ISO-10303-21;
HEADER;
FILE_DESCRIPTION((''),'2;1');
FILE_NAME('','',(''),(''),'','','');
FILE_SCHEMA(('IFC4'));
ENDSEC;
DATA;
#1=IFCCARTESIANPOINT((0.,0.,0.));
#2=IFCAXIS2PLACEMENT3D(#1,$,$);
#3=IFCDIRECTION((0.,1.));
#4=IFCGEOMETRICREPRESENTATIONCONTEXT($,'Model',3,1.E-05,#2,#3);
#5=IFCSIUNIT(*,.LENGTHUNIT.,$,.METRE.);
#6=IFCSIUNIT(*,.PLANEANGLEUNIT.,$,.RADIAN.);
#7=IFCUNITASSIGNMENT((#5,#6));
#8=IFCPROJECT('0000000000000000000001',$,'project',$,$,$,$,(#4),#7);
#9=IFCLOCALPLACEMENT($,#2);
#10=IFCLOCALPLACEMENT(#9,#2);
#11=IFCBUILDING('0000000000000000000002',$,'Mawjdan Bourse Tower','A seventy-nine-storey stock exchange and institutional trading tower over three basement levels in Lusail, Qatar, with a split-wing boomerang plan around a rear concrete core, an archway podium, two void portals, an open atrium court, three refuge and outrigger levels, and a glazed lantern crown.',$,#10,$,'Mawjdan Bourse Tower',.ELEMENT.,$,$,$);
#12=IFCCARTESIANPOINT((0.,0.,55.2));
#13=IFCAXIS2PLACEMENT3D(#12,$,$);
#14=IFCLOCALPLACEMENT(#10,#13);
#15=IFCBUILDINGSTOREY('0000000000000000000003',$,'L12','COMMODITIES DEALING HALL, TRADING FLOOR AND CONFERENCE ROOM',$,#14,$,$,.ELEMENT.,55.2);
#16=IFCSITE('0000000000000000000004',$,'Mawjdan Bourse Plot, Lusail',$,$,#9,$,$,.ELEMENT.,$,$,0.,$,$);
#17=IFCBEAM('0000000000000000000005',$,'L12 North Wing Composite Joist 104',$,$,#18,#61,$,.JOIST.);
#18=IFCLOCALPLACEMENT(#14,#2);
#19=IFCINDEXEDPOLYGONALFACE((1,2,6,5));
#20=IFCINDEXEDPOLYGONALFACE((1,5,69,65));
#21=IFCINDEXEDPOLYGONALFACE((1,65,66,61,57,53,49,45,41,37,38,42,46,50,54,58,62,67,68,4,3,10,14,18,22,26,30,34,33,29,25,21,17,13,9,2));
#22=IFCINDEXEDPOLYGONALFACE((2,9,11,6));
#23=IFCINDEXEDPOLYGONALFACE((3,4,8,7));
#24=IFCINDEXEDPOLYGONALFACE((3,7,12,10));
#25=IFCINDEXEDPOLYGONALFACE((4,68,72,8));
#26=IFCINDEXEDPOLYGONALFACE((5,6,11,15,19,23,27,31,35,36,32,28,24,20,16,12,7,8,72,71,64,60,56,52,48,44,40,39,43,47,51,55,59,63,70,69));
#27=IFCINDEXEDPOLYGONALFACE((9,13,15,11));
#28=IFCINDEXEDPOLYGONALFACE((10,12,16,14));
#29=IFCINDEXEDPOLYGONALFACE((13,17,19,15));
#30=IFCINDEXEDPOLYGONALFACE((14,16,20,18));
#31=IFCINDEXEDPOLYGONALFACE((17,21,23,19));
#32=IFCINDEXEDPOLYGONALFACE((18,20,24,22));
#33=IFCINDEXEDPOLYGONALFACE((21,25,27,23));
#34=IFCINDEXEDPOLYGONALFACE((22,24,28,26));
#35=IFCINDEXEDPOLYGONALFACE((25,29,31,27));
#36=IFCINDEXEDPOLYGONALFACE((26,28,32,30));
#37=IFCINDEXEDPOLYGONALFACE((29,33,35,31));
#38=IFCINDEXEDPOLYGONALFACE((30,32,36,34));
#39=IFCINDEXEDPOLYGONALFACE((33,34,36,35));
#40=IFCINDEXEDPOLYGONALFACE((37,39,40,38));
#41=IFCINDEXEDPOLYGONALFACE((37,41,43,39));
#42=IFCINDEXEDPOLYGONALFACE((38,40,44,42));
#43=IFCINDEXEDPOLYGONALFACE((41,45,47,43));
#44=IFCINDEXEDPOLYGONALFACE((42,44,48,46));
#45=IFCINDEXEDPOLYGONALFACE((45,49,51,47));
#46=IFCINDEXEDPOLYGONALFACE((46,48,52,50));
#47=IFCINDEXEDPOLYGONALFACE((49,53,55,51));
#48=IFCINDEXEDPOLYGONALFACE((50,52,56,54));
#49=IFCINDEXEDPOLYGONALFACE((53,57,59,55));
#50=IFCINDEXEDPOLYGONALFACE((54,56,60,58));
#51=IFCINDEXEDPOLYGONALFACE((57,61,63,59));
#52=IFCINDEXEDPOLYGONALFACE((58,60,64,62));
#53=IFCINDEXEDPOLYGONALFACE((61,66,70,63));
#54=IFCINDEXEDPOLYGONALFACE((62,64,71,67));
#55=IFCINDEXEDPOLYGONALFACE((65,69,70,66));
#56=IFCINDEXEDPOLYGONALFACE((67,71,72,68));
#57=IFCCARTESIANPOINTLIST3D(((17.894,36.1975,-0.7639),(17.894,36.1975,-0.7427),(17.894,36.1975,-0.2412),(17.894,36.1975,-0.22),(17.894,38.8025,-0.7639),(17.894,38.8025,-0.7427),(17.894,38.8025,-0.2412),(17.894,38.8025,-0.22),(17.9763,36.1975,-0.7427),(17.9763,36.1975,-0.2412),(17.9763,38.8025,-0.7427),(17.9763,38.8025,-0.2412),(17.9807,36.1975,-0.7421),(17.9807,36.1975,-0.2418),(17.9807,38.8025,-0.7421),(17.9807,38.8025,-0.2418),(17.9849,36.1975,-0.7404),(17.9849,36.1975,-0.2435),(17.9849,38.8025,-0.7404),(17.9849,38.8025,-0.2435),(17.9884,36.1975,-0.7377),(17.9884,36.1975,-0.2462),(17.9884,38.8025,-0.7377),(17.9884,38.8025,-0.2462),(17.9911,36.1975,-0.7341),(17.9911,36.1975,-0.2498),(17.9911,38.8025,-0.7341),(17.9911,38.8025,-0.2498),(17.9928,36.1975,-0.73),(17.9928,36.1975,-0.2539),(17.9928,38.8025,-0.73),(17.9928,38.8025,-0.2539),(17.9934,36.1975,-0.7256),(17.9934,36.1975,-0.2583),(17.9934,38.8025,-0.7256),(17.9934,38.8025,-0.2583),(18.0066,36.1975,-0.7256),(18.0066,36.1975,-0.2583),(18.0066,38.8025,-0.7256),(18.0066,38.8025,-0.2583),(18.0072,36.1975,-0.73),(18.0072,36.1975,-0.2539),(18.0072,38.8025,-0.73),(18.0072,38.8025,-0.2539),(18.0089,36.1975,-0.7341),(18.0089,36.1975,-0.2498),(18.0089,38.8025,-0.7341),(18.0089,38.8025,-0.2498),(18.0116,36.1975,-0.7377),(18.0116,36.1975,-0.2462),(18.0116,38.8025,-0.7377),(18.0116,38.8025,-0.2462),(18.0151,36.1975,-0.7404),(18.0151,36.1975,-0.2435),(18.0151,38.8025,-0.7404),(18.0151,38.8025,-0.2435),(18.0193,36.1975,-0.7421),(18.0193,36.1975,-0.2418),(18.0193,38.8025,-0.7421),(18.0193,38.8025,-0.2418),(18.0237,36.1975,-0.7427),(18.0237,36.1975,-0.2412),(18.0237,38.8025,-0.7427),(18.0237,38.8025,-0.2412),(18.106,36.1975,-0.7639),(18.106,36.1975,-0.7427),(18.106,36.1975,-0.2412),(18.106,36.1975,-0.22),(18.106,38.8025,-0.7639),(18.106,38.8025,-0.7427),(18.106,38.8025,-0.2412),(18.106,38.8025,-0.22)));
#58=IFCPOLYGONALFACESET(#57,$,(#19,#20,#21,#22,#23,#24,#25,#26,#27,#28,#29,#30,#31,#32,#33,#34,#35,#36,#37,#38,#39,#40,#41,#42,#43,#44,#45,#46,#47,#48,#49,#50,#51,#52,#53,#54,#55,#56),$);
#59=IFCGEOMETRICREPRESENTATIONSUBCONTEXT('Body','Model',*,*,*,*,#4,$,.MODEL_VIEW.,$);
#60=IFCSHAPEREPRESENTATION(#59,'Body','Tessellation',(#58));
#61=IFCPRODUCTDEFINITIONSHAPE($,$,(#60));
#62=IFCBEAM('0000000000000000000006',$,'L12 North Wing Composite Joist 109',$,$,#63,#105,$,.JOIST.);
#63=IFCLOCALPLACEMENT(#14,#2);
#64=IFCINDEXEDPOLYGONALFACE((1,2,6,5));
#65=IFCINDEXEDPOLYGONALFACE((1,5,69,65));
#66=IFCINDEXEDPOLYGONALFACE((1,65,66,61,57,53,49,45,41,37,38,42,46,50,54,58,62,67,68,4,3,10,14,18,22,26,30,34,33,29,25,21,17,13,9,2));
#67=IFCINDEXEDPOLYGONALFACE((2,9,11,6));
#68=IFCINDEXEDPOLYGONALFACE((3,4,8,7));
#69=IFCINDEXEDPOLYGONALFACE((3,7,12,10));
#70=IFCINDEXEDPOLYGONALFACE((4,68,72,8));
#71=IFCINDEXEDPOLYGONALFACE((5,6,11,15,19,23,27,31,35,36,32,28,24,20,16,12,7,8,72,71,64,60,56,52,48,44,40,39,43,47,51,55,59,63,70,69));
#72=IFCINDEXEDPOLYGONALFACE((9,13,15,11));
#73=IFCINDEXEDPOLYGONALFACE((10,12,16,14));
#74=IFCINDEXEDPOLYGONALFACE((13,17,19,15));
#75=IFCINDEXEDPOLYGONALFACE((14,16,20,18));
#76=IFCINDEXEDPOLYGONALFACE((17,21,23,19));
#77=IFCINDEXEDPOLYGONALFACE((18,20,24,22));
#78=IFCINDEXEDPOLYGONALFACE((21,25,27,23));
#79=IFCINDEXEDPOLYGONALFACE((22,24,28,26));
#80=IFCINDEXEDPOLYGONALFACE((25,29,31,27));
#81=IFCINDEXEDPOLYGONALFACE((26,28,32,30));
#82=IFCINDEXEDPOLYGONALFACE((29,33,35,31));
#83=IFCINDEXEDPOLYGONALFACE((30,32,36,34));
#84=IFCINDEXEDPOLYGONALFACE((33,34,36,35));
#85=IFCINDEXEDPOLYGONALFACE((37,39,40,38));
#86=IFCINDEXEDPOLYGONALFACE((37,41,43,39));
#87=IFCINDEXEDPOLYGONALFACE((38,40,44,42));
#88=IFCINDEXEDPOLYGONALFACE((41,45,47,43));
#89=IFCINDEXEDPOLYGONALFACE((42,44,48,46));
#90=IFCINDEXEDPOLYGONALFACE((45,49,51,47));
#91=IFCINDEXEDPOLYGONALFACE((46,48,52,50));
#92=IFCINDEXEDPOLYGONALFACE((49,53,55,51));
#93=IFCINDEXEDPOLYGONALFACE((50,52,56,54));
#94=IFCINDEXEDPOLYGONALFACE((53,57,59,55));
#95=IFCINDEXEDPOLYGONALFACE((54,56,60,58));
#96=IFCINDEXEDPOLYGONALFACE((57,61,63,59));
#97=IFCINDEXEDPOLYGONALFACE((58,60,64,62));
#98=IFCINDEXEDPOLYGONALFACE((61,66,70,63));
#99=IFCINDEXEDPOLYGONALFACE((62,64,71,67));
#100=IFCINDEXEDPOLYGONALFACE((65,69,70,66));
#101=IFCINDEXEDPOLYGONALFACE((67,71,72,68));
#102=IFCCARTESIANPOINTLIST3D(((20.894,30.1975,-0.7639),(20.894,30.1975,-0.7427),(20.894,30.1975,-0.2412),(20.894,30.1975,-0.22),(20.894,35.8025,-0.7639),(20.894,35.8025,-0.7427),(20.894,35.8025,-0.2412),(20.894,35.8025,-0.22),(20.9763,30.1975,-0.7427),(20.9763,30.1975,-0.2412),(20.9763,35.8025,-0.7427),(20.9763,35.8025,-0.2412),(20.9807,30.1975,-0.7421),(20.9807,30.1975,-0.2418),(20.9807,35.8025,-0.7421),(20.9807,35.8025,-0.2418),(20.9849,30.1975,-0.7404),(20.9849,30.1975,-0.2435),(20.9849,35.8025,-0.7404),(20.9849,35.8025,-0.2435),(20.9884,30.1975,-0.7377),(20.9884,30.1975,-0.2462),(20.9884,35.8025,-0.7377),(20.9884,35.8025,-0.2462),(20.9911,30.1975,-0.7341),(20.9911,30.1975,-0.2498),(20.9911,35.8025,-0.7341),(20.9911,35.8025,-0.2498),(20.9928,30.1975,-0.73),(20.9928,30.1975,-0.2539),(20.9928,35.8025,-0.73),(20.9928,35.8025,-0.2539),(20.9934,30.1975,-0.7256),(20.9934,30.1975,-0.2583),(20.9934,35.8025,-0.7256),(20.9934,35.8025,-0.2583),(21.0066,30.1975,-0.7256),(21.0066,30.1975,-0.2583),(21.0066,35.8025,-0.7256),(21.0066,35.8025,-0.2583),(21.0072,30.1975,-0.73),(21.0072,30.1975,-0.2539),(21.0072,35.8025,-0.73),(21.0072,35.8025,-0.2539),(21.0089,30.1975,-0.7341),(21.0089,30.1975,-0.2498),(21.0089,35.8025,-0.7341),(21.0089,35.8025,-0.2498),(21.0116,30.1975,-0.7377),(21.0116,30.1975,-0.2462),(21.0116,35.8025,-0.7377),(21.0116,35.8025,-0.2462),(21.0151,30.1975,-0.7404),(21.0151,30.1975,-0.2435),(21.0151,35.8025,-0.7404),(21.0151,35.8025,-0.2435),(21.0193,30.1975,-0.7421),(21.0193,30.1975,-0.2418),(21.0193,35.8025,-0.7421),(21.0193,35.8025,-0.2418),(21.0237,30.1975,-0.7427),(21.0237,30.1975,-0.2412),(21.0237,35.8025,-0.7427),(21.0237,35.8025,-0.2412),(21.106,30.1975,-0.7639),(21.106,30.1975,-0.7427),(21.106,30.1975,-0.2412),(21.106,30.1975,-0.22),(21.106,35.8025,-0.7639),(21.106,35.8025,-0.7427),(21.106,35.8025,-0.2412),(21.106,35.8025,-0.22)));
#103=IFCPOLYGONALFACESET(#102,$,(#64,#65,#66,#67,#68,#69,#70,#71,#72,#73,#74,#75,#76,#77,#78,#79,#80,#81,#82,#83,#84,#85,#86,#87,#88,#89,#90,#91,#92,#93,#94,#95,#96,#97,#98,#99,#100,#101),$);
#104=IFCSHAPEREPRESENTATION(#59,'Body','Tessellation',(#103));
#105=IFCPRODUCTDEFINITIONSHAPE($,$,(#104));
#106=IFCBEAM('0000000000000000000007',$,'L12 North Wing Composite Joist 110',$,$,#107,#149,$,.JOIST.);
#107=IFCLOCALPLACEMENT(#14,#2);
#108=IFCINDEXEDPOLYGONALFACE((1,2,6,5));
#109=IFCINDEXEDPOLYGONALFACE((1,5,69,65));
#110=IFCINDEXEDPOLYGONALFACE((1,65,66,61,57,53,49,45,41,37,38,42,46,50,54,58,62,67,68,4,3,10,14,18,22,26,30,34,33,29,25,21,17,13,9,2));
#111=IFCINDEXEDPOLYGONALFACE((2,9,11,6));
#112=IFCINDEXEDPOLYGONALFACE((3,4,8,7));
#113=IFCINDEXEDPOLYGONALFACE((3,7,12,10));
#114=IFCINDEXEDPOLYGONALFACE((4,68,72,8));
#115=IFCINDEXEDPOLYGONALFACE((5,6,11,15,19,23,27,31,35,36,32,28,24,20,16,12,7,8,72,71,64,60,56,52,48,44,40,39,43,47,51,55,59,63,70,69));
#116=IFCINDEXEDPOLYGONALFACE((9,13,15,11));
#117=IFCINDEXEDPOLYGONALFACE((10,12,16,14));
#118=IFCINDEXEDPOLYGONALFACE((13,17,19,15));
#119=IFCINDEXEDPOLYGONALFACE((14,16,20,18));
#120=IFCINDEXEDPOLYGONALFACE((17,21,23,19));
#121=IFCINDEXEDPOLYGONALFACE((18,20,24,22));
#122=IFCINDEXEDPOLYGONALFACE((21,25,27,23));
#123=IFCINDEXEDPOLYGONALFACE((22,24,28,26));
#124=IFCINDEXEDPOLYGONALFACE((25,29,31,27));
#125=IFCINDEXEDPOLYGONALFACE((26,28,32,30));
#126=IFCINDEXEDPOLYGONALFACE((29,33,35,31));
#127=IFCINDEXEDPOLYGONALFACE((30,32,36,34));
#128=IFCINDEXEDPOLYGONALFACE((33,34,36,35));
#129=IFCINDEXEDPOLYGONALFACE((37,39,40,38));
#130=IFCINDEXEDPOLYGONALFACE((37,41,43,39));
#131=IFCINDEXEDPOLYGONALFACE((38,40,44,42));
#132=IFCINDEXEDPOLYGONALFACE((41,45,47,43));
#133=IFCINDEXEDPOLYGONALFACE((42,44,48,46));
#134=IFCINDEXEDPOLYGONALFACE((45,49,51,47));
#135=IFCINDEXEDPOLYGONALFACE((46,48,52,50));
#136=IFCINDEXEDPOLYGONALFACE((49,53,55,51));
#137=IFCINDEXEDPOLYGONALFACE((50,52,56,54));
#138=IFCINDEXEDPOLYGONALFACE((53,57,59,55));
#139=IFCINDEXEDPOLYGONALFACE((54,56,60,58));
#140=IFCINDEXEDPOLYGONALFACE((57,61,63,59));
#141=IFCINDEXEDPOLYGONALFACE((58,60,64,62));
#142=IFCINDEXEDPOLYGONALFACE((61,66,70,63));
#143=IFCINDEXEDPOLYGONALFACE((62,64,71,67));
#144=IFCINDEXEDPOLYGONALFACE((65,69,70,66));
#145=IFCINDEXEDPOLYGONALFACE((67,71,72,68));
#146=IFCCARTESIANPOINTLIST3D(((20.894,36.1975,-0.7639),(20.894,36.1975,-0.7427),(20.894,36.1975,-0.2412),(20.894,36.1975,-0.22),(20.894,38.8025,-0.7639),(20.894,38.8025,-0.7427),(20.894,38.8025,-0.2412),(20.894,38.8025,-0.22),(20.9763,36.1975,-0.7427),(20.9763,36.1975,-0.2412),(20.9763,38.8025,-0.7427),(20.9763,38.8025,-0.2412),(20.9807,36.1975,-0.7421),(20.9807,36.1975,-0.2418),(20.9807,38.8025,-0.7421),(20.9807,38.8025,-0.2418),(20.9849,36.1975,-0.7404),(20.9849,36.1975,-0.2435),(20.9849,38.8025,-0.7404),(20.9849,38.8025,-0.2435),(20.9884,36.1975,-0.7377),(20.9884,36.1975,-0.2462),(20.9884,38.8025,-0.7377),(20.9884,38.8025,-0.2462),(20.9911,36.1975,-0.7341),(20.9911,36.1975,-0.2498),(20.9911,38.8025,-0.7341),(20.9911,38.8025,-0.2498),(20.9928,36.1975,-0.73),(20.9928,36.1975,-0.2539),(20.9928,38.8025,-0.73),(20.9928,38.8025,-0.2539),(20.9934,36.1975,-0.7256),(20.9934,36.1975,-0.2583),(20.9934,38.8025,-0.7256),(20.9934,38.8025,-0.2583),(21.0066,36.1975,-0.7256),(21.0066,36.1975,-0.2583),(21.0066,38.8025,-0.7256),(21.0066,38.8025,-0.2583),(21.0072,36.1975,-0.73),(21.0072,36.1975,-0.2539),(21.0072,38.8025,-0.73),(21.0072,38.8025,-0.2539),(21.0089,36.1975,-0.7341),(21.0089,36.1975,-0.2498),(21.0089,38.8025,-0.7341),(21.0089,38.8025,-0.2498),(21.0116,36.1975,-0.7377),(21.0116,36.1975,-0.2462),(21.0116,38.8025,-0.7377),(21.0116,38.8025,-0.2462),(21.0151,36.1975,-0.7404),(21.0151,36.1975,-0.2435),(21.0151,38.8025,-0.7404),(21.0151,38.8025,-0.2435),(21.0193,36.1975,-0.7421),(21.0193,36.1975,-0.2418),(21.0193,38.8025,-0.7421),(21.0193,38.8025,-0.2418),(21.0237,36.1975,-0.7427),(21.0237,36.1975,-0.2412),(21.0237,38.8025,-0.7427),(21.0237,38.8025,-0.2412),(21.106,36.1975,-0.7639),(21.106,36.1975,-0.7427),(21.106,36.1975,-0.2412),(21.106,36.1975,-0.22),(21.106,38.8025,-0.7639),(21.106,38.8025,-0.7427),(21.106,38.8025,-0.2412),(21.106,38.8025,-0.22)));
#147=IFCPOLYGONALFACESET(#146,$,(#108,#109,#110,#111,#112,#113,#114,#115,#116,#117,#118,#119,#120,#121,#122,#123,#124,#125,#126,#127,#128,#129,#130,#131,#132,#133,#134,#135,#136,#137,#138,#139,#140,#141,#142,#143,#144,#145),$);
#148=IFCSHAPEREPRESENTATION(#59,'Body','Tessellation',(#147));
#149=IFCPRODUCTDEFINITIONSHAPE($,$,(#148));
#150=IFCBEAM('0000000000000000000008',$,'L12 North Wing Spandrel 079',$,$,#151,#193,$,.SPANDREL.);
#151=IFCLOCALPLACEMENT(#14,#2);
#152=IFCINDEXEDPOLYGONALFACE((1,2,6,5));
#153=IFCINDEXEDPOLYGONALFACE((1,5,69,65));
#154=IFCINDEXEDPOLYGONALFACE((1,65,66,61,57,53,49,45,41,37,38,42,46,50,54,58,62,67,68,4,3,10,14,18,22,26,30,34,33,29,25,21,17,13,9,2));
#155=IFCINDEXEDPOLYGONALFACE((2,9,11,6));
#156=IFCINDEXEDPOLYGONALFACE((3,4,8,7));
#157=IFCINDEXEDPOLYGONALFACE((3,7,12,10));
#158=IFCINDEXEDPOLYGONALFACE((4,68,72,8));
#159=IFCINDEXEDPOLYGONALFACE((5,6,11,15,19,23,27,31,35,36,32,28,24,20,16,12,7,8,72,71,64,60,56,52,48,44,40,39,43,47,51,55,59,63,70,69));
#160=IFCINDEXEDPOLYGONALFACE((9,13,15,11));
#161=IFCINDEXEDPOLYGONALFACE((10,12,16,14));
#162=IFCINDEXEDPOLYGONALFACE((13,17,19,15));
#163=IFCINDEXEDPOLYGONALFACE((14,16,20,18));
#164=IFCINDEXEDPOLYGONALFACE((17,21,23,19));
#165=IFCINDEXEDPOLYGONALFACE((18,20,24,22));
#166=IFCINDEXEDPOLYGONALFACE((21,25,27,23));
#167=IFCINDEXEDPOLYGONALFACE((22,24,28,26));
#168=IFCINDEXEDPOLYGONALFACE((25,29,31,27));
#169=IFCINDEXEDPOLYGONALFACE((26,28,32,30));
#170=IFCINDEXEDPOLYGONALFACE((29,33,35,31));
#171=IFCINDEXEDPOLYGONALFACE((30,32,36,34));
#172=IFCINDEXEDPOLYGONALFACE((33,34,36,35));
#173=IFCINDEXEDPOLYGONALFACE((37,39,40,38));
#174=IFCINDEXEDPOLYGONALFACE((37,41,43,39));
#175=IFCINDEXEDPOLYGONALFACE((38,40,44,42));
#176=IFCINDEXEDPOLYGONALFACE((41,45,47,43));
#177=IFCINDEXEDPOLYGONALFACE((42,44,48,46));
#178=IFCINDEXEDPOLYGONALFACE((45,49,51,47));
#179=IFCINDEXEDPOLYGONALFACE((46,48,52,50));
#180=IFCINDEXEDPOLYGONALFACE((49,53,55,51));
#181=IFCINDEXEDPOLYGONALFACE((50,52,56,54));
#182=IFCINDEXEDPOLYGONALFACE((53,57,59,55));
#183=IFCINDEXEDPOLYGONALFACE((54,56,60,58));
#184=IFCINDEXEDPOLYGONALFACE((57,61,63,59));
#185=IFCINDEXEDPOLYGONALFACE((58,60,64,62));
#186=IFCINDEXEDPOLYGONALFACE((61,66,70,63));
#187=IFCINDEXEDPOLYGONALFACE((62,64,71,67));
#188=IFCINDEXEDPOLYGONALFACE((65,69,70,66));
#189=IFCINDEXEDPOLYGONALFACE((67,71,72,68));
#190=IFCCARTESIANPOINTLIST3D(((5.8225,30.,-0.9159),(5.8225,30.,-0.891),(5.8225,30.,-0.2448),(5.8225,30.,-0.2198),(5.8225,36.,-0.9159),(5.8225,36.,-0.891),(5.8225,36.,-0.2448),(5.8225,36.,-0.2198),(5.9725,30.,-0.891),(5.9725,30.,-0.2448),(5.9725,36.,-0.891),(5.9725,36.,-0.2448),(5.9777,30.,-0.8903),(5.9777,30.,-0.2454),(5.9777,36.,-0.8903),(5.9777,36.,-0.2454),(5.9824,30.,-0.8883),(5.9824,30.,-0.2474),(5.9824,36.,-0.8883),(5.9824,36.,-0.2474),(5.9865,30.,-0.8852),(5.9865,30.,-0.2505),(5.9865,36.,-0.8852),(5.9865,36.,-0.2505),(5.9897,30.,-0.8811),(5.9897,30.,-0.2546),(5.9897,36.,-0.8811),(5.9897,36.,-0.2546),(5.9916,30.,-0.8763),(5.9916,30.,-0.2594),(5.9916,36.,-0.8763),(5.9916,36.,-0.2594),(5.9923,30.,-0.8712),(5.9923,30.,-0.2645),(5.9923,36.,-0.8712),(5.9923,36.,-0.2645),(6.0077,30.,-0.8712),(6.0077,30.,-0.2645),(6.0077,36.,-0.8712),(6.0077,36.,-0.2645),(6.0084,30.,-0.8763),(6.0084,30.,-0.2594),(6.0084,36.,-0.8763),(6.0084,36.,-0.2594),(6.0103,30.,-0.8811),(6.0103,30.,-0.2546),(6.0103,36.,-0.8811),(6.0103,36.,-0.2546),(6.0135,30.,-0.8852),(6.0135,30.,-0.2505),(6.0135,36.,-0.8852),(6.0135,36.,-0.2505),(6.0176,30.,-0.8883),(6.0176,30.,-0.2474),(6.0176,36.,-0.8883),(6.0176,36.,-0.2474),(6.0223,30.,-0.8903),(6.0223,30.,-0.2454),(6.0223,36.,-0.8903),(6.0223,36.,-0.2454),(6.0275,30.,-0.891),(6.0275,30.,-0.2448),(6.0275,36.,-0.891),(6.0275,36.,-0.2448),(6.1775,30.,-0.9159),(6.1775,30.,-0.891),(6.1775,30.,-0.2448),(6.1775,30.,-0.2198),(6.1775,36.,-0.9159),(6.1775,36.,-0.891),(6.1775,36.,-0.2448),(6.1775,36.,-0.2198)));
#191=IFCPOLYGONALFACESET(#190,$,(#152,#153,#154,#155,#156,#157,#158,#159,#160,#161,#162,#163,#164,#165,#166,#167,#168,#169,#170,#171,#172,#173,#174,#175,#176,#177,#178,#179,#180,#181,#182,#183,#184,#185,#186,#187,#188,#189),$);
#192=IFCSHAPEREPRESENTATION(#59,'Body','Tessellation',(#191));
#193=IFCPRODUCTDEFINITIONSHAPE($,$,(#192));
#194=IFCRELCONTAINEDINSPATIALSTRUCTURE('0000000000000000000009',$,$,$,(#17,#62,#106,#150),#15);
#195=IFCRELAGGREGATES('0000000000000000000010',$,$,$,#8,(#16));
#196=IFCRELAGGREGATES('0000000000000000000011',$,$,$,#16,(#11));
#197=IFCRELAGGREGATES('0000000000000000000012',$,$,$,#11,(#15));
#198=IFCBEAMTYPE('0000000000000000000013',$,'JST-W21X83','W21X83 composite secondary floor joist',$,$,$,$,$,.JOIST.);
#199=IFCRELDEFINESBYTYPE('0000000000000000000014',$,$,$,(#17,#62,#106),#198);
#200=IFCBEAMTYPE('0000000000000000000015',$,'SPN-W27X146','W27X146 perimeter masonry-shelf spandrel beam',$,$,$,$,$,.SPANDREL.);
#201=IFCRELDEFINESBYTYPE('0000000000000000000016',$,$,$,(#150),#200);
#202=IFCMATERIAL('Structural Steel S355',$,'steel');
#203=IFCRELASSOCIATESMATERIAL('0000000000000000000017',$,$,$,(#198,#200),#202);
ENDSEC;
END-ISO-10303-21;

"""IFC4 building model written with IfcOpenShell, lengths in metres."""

from ifc_helpers import new_model, si_unit, direction, frame, origin, origin_2d, place, context, subcontext, project, spatial, i_section, extrude, material, material_profile, profile_set, type_object, element, save


model = new_model("IFC4")

# Units and contexts
model_context = context("Model", 3, precision=1e-05, world=origin(), true_north=direction((0.0, 1.0)))
body_context = subcontext(model_context, "Body", "Model", "MODEL_VIEW")
ifc_project = project(units=[si_unit("LENGTHUNIT", "METRE"), si_unit("PLANEANGLEUNIT", "RADIAN")], contexts=[model_context])

# Site, building, storey
site_placement = place(None, origin())
site = spatial("IfcSite", under=ifc_project, at=site_placement, Name="Mawjdan Bourse Plot, Lusail", CompositionType="ELEMENT", RefElevation=0.0)
building_placement = place(site_placement, origin())
building = spatial("IfcBuilding", under=site, at=building_placement, Name="Mawjdan Bourse Tower", Description="A seventy-nine-storey stock exchange and institutional trading tower over three basement levels in Lusail, Qatar, with a split-wing boomerang plan around a rear concrete core, an archway podium, two void portals, an open atrium court, three refuge and outrigger levels, and a glazed lantern crown.", LongName="Mawjdan Bourse Tower", CompositionType="ELEMENT")
storey_placement = place(building_placement, frame((0.0, 0.0, 55.2)))
storey = spatial("IfcBuildingStorey", under=building, at=storey_placement, Name="L12", Description="COMMODITIES DEALING HALL, TRADING FLOOR AND CONFERENCE ROOM", CompositionType="ELEMENT", Elevation=55.2)

# Beams
ifc_material_1 = material(Name="Structural Steel S355", Category="steel")
ifc_material_profile_1 = material_profile(ifc_material_1, i_section(OverallWidth=0.2119, OverallDepth=0.5439, WebThickness=0.0132, FlangeThickness=0.0212, FilletRadius=0.0171, at=origin_2d()), Name="W21X83")
ifc_profile_set_1 = profile_set([ifc_material_profile_1], Name="Structural Steel S355")
beam_type_1 = type_object("IfcBeamType", Name="JST-W21X83", Description="W21X83 composite secondary floor joist", PredefinedType="JOIST", material=ifc_profile_set_1)
beam_1_placement = place(storey_placement, frame((18.0, 36.1975, -0.4919), z_axis=(0.0, 1.0, 0.0), x_axis=(-1.0, 0.0, 0.0)))
element("IfcBeam", 1, at=beam_1_placement, inside=storey, type_object=beam_type_1, Name="L12 North Wing Composite Joist 104", PredefinedType="JOIST", context=body_context, shape_type="SweptSolid", body=[
    extrude(i_section(OverallWidth=0.2119, OverallDepth=0.5439, WebThickness=0.0132, FlangeThickness=0.0212, FilletRadius=0.0171, at=origin_2d()), origin(), (0.0, 0.0, 1.0), 2.605),
])
beam_2_placement = place(storey_placement, frame((21.0, 30.1975, -0.4919), z_axis=(0.0, 1.0, 0.0), x_axis=(-1.0, 0.0, 0.0)))
element("IfcBeam", 2, at=beam_2_placement, inside=storey, type_object=beam_type_1, Name="L12 North Wing Composite Joist 109", PredefinedType="JOIST", context=body_context, shape_type="SweptSolid", body=[
    extrude(i_section(OverallWidth=0.2119, OverallDepth=0.5439, WebThickness=0.0132, FlangeThickness=0.0212, FilletRadius=0.0171, at=origin_2d()), origin(), (0.0, 0.0, 1.0), 5.605),
])
beam_3_placement = place(storey_placement, frame((21.0, 36.1975, -0.4919), z_axis=(0.0, 1.0, 0.0), x_axis=(-1.0, 0.0, 0.0)))
element("IfcBeam", 3, at=beam_3_placement, inside=storey, type_object=beam_type_1, Name="L12 North Wing Composite Joist 110", PredefinedType="JOIST", context=body_context, shape_type="SweptSolid", body=[
    extrude(i_section(OverallWidth=0.2119, OverallDepth=0.5439, WebThickness=0.0132, FlangeThickness=0.0212, FilletRadius=0.0171, at=origin_2d()), origin(), (0.0, 0.0, 1.0), 2.605),
])
ifc_material_profile_2 = material_profile(ifc_material_1, i_section(OverallWidth=0.355, OverallDepth=0.696, WebThickness=0.0154, FlangeThickness=0.0249, FilletRadius=0.0198, at=origin_2d()), Name="W27X146")
ifc_profile_set_2 = profile_set([ifc_material_profile_2], Name="Structural Steel S355")
beam_type_2 = type_object("IfcBeamType", Name="SPN-W27X146", Description="W27X146 perimeter masonry-shelf spandrel beam", PredefinedType="SPANDREL", material=ifc_profile_set_2)
beam_4_placement = place(storey_placement, frame((6.0, 30.0, -0.5679), z_axis=(0.0, 1.0, 0.0), x_axis=(-1.0, 0.0, 0.0)))
element("IfcBeam", 4, at=beam_4_placement, inside=storey, type_object=beam_type_2, Name="L12 North Wing Spandrel 079", PredefinedType="SPANDREL", context=body_context, shape_type="SweptSolid", body=[
    extrude(i_section(OverallWidth=0.355, OverallDepth=0.696, WebThickness=0.0154, FlangeThickness=0.0249, FilletRadius=0.0198, at=origin_2d()), origin(), (0.0, 0.0, 1.0), 6.0),
])

save(model, "model.ifc")
